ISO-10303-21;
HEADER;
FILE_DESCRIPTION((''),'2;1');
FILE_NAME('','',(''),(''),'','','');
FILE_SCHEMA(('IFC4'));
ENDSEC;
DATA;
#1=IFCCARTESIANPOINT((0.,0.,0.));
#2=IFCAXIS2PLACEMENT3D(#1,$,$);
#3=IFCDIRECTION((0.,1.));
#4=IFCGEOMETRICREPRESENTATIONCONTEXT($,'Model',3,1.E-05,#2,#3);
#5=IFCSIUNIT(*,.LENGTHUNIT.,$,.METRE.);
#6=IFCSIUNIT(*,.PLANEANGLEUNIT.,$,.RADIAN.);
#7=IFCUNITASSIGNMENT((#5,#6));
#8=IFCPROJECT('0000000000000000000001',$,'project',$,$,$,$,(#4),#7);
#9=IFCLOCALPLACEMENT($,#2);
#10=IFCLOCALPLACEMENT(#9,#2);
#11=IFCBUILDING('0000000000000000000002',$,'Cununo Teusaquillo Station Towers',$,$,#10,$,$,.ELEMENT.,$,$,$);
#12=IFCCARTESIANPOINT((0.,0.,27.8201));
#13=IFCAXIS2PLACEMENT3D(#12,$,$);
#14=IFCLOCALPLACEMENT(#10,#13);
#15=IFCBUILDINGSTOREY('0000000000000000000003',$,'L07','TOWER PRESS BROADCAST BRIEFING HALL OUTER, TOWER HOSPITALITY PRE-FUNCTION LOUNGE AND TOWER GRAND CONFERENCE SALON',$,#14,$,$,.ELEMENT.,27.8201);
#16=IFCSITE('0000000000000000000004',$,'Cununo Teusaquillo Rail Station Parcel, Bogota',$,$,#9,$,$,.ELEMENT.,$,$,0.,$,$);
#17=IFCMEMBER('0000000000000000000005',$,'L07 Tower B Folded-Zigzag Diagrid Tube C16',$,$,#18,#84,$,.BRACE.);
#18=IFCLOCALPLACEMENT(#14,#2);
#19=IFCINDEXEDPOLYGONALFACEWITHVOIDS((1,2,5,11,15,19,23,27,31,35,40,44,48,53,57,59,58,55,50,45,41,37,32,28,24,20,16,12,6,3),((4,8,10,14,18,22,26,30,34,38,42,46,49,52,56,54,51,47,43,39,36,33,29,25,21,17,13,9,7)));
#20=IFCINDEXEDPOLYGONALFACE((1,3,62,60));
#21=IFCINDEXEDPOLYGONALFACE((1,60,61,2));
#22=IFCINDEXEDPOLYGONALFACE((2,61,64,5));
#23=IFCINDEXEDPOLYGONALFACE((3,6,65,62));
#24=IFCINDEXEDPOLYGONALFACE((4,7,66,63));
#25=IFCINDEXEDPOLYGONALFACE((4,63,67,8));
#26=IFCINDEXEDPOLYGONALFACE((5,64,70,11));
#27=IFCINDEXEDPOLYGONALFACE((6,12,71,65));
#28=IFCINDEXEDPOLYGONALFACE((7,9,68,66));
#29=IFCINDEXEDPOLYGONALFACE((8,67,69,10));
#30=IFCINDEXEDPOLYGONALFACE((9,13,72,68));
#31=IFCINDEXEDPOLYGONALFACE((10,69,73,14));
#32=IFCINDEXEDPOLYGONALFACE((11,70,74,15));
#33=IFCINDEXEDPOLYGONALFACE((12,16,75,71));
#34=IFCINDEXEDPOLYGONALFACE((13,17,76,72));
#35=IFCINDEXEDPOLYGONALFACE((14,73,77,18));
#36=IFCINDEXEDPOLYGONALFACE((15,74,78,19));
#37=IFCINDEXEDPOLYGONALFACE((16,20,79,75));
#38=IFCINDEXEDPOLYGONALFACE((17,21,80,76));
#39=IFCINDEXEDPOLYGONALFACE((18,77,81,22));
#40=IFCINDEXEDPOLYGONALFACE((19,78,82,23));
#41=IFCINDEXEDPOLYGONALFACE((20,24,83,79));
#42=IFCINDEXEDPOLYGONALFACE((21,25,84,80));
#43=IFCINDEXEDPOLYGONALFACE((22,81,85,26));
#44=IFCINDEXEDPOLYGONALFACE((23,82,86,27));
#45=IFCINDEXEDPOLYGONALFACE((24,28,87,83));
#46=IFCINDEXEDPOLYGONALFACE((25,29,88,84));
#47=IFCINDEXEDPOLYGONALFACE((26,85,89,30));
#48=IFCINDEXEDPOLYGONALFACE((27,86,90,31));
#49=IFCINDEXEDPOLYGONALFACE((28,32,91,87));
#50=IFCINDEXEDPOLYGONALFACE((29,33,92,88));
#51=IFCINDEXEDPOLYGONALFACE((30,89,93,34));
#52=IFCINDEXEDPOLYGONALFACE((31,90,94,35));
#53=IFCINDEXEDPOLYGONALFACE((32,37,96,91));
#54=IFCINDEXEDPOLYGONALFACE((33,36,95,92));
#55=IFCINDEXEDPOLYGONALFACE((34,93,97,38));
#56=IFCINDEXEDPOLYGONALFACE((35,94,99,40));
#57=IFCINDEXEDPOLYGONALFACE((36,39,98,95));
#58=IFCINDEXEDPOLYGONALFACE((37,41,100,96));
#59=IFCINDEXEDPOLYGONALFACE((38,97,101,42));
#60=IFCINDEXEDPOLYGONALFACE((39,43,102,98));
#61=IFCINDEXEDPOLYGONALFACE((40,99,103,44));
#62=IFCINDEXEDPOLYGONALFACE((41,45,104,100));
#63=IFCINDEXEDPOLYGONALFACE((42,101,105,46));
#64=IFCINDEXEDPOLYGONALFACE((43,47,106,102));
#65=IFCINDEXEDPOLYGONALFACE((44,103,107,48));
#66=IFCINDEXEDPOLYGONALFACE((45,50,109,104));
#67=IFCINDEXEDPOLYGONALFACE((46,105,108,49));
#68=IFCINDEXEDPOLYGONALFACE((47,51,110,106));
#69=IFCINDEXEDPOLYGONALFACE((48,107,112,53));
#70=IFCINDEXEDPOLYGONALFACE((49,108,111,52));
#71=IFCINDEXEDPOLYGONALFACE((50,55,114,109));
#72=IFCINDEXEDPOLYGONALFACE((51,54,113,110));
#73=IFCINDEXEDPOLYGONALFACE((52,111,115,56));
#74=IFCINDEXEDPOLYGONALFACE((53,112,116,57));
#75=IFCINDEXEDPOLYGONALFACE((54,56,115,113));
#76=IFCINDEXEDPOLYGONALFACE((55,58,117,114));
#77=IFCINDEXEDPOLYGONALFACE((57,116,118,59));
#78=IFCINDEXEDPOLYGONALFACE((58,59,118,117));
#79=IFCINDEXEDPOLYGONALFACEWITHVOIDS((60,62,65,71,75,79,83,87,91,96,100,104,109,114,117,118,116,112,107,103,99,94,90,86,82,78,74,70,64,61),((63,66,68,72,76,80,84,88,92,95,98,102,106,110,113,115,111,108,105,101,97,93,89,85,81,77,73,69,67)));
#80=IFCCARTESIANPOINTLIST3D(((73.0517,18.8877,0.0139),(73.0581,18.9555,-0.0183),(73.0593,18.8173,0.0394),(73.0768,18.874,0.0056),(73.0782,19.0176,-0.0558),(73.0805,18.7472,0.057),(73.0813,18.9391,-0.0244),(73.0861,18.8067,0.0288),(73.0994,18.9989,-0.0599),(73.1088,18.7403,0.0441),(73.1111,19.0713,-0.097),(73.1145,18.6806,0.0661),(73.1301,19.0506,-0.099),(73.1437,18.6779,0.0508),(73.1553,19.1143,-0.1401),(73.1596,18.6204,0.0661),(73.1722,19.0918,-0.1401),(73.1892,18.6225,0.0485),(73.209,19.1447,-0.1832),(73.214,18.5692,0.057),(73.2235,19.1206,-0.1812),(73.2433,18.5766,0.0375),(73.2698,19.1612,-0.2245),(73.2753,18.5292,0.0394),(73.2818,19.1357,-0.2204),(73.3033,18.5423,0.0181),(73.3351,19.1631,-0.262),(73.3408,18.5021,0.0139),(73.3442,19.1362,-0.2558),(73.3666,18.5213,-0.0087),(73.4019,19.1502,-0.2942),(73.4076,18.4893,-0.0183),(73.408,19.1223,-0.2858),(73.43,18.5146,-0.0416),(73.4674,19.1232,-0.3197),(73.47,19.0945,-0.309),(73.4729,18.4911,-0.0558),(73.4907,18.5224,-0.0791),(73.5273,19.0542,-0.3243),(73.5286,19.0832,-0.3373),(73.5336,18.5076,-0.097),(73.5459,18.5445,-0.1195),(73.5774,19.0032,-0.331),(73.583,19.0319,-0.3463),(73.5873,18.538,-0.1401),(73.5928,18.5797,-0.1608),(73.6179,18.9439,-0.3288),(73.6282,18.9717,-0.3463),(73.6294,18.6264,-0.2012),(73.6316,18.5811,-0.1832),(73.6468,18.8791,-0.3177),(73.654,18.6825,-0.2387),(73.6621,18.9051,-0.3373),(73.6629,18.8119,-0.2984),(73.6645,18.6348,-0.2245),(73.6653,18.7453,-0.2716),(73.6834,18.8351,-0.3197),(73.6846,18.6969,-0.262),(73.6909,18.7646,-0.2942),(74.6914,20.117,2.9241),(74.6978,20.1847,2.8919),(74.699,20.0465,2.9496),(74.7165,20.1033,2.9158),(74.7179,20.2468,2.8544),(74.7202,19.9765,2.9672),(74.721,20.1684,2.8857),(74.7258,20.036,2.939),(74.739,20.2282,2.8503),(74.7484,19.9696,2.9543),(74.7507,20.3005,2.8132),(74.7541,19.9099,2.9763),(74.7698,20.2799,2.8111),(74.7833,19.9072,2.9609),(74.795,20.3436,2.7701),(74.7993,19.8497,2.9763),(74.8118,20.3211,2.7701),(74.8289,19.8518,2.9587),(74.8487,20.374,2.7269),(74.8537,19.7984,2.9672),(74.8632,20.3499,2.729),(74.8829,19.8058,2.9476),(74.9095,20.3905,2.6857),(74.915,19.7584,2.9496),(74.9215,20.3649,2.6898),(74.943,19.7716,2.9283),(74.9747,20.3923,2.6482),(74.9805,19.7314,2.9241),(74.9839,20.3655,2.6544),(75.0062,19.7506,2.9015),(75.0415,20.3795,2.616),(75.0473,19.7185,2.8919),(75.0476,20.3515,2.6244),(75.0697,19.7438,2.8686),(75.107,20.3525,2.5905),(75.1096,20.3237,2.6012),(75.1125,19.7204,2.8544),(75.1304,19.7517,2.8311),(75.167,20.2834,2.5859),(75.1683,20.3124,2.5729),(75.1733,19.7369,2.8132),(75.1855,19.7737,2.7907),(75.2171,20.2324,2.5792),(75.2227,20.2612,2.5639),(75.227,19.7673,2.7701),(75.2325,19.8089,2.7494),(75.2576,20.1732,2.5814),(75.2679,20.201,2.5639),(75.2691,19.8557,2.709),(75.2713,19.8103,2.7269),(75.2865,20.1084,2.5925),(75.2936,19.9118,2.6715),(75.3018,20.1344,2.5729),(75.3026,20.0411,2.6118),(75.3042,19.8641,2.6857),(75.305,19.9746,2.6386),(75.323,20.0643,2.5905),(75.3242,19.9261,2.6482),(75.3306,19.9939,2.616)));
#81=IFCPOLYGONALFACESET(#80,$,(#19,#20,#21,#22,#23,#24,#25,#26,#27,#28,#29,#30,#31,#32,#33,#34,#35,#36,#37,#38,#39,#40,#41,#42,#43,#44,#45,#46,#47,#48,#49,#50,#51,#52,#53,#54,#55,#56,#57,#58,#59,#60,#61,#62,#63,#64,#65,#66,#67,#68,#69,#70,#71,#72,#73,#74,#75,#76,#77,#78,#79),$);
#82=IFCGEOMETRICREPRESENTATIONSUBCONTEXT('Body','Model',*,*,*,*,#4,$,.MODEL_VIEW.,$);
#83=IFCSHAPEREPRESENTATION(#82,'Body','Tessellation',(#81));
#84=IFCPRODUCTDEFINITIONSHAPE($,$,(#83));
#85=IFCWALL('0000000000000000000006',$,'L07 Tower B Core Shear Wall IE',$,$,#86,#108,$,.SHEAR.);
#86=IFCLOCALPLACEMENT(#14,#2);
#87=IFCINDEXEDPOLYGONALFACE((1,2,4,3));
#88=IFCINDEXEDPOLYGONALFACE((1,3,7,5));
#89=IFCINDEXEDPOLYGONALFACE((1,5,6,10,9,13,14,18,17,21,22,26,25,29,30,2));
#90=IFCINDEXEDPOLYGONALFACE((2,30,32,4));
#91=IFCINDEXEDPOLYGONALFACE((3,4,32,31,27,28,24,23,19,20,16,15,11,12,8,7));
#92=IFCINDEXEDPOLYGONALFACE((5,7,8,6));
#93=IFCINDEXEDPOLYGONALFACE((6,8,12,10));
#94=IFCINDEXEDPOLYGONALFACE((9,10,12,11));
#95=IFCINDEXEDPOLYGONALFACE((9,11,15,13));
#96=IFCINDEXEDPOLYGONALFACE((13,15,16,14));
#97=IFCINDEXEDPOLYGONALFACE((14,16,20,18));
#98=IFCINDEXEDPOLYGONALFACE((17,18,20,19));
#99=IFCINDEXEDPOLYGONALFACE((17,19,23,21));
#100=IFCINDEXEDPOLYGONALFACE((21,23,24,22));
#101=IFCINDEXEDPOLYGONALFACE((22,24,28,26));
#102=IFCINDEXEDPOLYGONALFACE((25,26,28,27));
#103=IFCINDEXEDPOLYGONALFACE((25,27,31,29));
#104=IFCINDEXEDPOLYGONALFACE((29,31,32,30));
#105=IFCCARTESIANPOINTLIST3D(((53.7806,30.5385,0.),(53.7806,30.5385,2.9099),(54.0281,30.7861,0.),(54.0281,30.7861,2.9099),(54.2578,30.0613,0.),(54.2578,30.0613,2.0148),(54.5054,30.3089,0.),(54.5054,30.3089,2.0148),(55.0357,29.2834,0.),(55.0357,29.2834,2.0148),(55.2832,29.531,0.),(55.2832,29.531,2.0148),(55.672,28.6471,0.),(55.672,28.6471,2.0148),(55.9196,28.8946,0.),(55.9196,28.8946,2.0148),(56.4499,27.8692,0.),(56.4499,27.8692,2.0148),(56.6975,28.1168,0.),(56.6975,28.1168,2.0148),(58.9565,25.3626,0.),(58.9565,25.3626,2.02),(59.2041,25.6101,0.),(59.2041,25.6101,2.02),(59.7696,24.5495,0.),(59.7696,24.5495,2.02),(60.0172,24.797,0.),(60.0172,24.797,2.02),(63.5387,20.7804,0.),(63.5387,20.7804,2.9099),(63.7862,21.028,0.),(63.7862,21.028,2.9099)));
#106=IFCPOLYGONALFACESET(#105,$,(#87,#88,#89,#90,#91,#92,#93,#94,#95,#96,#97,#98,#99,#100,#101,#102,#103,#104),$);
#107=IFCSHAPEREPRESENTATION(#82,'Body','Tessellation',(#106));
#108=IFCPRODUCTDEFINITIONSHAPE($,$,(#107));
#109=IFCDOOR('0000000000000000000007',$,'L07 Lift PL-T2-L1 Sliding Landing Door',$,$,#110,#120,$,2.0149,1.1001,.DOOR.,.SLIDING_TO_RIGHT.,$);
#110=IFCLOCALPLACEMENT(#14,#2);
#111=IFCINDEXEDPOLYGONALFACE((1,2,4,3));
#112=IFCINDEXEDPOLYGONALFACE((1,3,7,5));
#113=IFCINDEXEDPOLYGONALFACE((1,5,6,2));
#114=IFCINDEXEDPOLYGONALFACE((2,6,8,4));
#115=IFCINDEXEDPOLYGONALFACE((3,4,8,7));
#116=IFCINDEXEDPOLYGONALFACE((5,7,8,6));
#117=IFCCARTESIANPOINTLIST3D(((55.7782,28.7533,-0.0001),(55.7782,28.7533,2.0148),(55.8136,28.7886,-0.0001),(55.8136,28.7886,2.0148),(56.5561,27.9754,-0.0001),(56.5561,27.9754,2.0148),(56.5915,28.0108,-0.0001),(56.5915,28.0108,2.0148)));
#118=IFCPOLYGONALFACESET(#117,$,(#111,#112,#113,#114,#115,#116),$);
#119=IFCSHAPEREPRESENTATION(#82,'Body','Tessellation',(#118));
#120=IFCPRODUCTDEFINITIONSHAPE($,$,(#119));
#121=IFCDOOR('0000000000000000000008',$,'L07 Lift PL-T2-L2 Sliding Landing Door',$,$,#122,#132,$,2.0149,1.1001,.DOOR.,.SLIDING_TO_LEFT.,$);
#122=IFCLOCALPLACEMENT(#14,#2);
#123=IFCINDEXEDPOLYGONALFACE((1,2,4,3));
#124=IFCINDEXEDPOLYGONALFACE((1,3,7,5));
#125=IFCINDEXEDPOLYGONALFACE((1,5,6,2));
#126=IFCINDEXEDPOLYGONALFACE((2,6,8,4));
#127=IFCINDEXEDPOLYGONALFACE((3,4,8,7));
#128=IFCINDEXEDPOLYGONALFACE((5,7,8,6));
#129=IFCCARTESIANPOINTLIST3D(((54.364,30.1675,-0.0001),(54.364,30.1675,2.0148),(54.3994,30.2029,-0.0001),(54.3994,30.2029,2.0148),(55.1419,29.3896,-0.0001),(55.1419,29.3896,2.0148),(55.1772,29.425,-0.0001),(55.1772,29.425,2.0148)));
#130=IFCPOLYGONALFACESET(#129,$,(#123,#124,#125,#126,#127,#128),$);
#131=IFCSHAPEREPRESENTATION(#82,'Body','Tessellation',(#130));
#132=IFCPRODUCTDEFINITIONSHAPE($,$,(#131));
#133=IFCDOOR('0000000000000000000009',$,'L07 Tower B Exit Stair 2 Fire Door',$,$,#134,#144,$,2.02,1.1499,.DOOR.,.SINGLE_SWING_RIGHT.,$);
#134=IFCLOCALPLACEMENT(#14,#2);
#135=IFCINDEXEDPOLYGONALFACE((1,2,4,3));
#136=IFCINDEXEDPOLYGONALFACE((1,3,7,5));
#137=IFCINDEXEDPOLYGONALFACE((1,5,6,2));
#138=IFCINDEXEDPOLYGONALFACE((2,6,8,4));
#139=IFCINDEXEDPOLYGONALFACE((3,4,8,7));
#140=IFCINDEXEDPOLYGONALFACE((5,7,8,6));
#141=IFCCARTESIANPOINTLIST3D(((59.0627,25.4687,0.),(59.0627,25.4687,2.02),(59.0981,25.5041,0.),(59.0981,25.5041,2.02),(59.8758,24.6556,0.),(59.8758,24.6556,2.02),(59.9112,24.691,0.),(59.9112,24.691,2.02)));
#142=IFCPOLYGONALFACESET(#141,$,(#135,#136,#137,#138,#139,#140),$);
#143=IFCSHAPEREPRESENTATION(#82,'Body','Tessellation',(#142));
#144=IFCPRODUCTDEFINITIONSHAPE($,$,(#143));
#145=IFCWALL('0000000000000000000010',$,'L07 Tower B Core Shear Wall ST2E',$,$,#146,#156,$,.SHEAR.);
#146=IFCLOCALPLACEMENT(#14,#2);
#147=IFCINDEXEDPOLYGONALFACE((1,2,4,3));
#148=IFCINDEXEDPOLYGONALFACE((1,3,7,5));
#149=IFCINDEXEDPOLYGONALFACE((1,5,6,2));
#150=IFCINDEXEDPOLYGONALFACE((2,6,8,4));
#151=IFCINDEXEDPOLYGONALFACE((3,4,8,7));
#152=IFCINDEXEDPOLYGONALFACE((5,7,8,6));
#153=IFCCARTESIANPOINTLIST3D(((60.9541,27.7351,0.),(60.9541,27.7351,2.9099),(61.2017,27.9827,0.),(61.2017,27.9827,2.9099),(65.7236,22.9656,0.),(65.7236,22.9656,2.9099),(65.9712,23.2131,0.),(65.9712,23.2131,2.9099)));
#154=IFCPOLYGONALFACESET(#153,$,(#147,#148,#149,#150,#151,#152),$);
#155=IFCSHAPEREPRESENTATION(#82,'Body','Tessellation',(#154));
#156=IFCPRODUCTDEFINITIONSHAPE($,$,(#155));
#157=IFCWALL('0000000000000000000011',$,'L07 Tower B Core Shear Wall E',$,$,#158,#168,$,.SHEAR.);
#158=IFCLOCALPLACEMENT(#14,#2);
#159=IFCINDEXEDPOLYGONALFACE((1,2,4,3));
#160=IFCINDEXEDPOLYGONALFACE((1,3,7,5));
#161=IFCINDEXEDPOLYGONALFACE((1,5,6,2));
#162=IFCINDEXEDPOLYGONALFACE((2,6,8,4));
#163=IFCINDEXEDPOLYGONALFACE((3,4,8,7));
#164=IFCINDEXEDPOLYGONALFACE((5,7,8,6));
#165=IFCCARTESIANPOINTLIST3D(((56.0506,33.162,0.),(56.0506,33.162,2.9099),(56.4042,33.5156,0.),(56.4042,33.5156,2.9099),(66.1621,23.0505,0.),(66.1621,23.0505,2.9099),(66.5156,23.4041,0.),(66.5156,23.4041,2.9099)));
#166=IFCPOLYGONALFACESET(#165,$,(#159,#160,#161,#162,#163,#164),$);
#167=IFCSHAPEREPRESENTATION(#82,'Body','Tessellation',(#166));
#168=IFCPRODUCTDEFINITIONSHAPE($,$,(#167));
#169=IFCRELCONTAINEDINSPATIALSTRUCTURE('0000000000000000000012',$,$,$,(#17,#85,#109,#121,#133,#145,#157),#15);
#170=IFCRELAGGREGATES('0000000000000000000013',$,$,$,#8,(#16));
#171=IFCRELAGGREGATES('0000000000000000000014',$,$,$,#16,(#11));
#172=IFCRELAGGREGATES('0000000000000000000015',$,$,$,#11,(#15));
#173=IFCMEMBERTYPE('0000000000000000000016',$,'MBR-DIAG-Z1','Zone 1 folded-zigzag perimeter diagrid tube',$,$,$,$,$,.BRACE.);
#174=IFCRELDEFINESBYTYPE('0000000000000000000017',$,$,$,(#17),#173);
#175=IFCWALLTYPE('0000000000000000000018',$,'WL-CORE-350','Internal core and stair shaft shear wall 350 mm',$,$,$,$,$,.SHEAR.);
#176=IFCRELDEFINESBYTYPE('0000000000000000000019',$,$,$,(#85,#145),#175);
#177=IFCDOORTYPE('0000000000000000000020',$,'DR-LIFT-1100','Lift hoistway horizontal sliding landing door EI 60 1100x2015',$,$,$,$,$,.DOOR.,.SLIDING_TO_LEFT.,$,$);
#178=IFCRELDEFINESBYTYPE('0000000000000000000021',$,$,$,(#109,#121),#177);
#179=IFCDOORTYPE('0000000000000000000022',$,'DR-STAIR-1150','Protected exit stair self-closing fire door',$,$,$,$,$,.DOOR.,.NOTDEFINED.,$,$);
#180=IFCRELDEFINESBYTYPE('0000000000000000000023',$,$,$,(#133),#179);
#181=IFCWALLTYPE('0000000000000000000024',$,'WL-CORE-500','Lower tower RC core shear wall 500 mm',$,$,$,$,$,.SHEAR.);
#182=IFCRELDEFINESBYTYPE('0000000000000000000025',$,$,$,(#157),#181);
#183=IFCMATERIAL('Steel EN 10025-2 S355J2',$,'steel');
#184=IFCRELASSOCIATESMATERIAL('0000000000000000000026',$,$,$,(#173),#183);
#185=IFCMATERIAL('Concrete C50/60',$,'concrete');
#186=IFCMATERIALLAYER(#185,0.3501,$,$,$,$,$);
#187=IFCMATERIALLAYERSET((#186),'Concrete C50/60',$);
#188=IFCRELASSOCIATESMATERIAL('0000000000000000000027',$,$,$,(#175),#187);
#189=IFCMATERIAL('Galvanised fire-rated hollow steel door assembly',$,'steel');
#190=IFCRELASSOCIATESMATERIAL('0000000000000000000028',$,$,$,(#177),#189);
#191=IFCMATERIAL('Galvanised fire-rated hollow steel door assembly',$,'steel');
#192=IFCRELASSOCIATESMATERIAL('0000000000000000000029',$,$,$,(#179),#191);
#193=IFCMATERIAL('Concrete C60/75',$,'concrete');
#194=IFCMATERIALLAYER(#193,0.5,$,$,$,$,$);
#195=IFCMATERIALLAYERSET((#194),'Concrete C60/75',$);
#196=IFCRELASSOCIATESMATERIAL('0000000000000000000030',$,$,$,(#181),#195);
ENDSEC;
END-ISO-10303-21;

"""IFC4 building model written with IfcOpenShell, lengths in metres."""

from ifc_helpers import new_model, si_unit, direction, frame, frame_2d, origin, origin_2d, place, context, subcontext, project, spatial, rectangle, hollow_circle, extrude, source, transform, mapped, material, layer, layer_set, material_profile, profile_set, type_object, element, fill, save


model = new_model("IFC4")

# Units and contexts
model_context = context("Model", 3, precision=1e-05, world=origin(), true_north=direction((0.0, 1.0)))
body_context = subcontext(model_context, "Body", "Model", "MODEL_VIEW")
ifc_project = project(units=[si_unit("LENGTHUNIT", "METRE"), si_unit("PLANEANGLEUNIT", "RADIAN")], contexts=[model_context])

# Site, building, storey
site_placement = place(None, origin())
site = spatial("IfcSite", under=ifc_project, at=site_placement, Name="Cununo Teusaquillo Rail Station Parcel, Bogota", CompositionType="ELEMENT", RefElevation=0.0)
building_placement = place(site_placement, origin())
building = spatial("IfcBuilding", under=site, at=building_placement, Name="Cununo Teusaquillo Station Towers", CompositionType="ELEMENT")
storey_placement = place(building_placement, frame((0.0, 0.0, 27.8201)))
storey = spatial("IfcBuildingStorey", under=building, at=storey_placement, Name="L07", Description="TOWER PRESS BROADCAST BRIEFING HALL OUTER, TOWER HOSPITALITY PRE-FUNCTION LOUNGE AND TOWER GRAND CONFERENCE SALON", CompositionType="ELEMENT", Elevation=27.8201)

# Member
ifc_material_1 = material(Name="Steel EN 10025-2 S355J2", Category="steel")
ifc_material_profile_1 = material_profile(ifc_material_1, hollow_circle(Radius=0.3601, WallThickness=0.0281, at=origin_2d()), Name="CHS 720x28")
ifc_profile_set_1 = profile_set([ifc_material_profile_1], Name="Steel EN 10025-2 S355J2")
member_type = type_object("IfcMemberType", Name="MBR-DIAG-Z1", Description="Zone 1 folded-zigzag perimeter diagrid tube", PredefinedType="BRACE", material=ifc_profile_set_1)
member_1_placement = place(storey_placement, frame((73.3713, 18.8262, -0.1401), z_axis=(0.460668, 0.345364, 0.817624), x_axis=(-0.599847, 0.800114, 0.0)))
element("IfcMember", 1, at=member_1_placement, inside=storey, type_object=member_type, Name="L07 Tower B Folded-Zigzag Diagrid Tube C16", PredefinedType="BRACE", context=body_context, shape_type="SweptSolid", body=[
    extrude(hollow_circle(Radius=0.3601, WallThickness=0.0281, at=origin_2d()), origin(), (0.0, 0.0, 1.0), 3.5593),
])

# Wall, openings, doors
ifc_material_2 = material(Name="Concrete C50/60", Category="concrete")
ifc_layer_1 = layer(ifc_material_2, 0.3501)
ifc_layer_set_1 = layer_set([ifc_layer_1], Name="Concrete C50/60")
wall_type_1 = type_object("IfcWallType", Name="WL-CORE-350", Description="Internal core and stair shaft shear wall 350 mm", PredefinedType="SHEAR", material=ifc_layer_set_1)
wall_1_placement = place(storey_placement, frame((63.6624, 20.9043, 0.0), z_axis=(0.0, 0.0, 1.0), x_axis=(-0.707107, 0.707107, 0.0)))
wall_1 = element("IfcWall", 2, at=wall_1_placement, inside=storey, type_object=wall_type_1, Name="L07 Tower B Core Shear Wall IE", PredefinedType="SHEAR", context=body_context, shape_type="SweptSolid", body=[
    extrude(rectangle(XDim=13.8, YDim=0.3501, at=frame_2d((6.8999, 0.0))), origin(), (0.0, 0.0, 1.0), 2.9099),
])
shared_shape_1 = source(origin(), body_context, "Body", "SweptSolid", [
    extrude(rectangle(XDim=1.1001, YDim=2.0149, at=frame_2d((0.55, 1.0073))), frame((0.0, 0.1851, 0.0), z_axis=(0.0, -1.0, 0.0), x_axis=(1.0, 0.0, 0.0)), (0.0, 0.0, 1.0), 0.3701),
])
opening_1_placement = place(wall_1_placement, frame((10.0249, 0.0, 0.0)))
opening_1 = element("IfcOpeningElement", 3, at=opening_1_placement, cuts=wall_1, PredefinedType="OPENING", context=body_context, shape_type="MappedRepresentation", body=[
    mapped(shared_shape_1, transform((0.0, 0.0, 0.0), x_axis=(1.0, 0.0, 0.0), y_axis=(0.0, 1.0, 0.0), z_axis=(0.0, 0.0, 1.0), scale=1.0)),
])
opening_2_placement = place(wall_1_placement, frame((12.0249, 0.0, 0.0)))
opening_2 = element("IfcOpeningElement", 4, at=opening_2_placement, cuts=wall_1, PredefinedType="OPENING", context=body_context, shape_type="MappedRepresentation", body=[
    mapped(shared_shape_1, transform((0.0, 0.0, 0.0), x_axis=(1.0, 0.0, 0.0), y_axis=(0.0, 1.0, 0.0), z_axis=(0.0, 0.0, 1.0), scale=1.0)),
])
shared_shape_2 = source(origin(), body_context, "Body", "SweptSolid", [
    extrude(rectangle(XDim=1.1499, YDim=2.02, at=frame_2d((0.575, 1.01))), frame((0.0, 0.1851, 0.0), z_axis=(0.0, -1.0, 0.0), x_axis=(1.0, 0.0, 0.0)), (0.0, 0.0, 1.0), 0.3701),
])
opening_3_placement = place(wall_1_placement, frame((5.3301, 0.0, 0.0)))
opening_3 = element("IfcOpeningElement", 5, at=opening_3_placement, cuts=wall_1, PredefinedType="OPENING", context=body_context, shape_type="MappedRepresentation", body=[
    mapped(shared_shape_2, transform((0.0, 0.0, 0.0), x_axis=(1.0, 0.0, 0.0), y_axis=(0.0, 1.0, 0.0), z_axis=(0.0, 0.0, 1.0), scale=1.0)),
])
ifc_material_3 = material(Name="Galvanised fire-rated hollow steel door assembly", Category="steel")
door_type_1 = type_object("IfcDoorType", Name="DR-LIFT-1100", Description="Lift hoistway horizontal sliding landing door EI 60 1100x2015", OperationType="SLIDING_TO_LEFT", PredefinedType="DOOR", material=ifc_material_3)
shared_shape_3 = source(origin(), body_context, "Body", "SweptSolid", [
    extrude(rectangle(XDim=1.1001, YDim=2.0149, at=frame_2d((0.55, 1.0073))), frame((0.0, 0.0249, 0.0), z_axis=(0.0, -1.0, 0.0), x_axis=(1.0, 0.0, 0.0)), (0.0, 0.0, 1.0), 0.05),
])
door_1_placement = place(opening_1_placement, origin())
door_1 = element("IfcDoor", 6, at=door_1_placement, inside=storey, type_object=door_type_1, Name="L07 Lift PL-T2-L1 Sliding Landing Door", OperationType="SLIDING_TO_RIGHT", OverallHeight=2.0149, OverallWidth=1.1001, PredefinedType="DOOR", context=body_context, shape_type="MappedRepresentation", body=[
    mapped(shared_shape_3, transform((0.0, 0.0, 0.0), x_axis=(1.0, 0.0, 0.0), y_axis=(0.0, 1.0, 0.0), z_axis=(0.0, 0.0, 1.0), scale=1.0)),
])
fill(opening_1, door_1)
door_2_placement = place(opening_2_placement, origin())
door_2 = element("IfcDoor", 7, at=door_2_placement, inside=storey, type_object=door_type_1, Name="L07 Lift PL-T2-L2 Sliding Landing Door", OperationType="SLIDING_TO_LEFT", OverallHeight=2.0149, OverallWidth=1.1001, PredefinedType="DOOR", context=body_context, shape_type="MappedRepresentation", body=[
    mapped(shared_shape_3, transform((0.0, 0.0, 0.0), x_axis=(1.0, 0.0, 0.0), y_axis=(0.0, 1.0, 0.0), z_axis=(0.0, 0.0, 1.0), scale=1.0)),
])
fill(opening_2, door_2)
ifc_material_4 = material(Name="Galvanised fire-rated hollow steel door assembly", Category="steel")
door_type_2 = type_object("IfcDoorType", Name="DR-STAIR-1150", Description="Protected exit stair self-closing fire door", OperationType="NOTDEFINED", PredefinedType="DOOR", material=ifc_material_4)
shared_shape_4 = source(origin(), body_context, "Body", "SweptSolid", [
    extrude(rectangle(XDim=1.1499, YDim=2.02, at=frame_2d((0.575, 1.01))), frame((0.0, 0.0249, 0.0), z_axis=(0.0, -1.0, 0.0), x_axis=(1.0, 0.0, 0.0)), (0.0, 0.0, 1.0), 0.05),
])
door_3_placement = place(opening_3_placement, origin())
door_3 = element("IfcDoor", 8, at=door_3_placement, inside=storey, type_object=door_type_2, Name="L07 Tower B Exit Stair 2 Fire Door", OperationType="SINGLE_SWING_RIGHT", OverallHeight=2.02, OverallWidth=1.1499, PredefinedType="DOOR", context=body_context, shape_type="MappedRepresentation", body=[
    mapped(shared_shape_4, transform((0.0, 0.0, 0.0), x_axis=(1.0, 0.0, 0.0), y_axis=(0.0, 1.0, 0.0), z_axis=(0.0, 0.0, 1.0), scale=1.0)),
])
fill(opening_3, door_3)

# Walls
wall_2_placement = place(storey_placement, frame((65.8474, 23.0894, 0.0), z_axis=(0.0, 0.0, 1.0), x_axis=(-0.707107, 0.707107, 0.0)))
element("IfcWall", 9, at=wall_2_placement, inside=storey, type_object=wall_type_1, Name="L07 Tower B Core Shear Wall ST2E", PredefinedType="SHEAR", context=body_context, shape_type="SweptSolid", body=[
    extrude(rectangle(XDim=6.7451, YDim=0.3501, at=frame_2d((3.3726, 0.0))), origin(), (0.0, 0.0, 1.0), 2.9099),
])
ifc_material_5 = material(Name="Concrete C60/75", Category="concrete")
ifc_layer_2 = layer(ifc_material_5, 0.5)
ifc_layer_set_2 = layer_set([ifc_layer_2], Name="Concrete C60/75")
wall_type_2 = type_object("IfcWallType", Name="WL-CORE-500", Description="Lower tower RC core shear wall 500 mm", PredefinedType="SHEAR", material=ifc_layer_set_2)
wall_3_placement = place(storey_placement, frame((66.3389, 23.2273, 0.0), z_axis=(0.0, 0.0, 1.0), x_axis=(-0.707107, 0.707107, 0.0)))
element("IfcWall", 10, at=wall_3_placement, inside=storey, type_object=wall_type_2, Name="L07 Tower B Core Shear Wall E", PredefinedType="SHEAR", context=body_context, shape_type="SweptSolid", body=[
    extrude(rectangle(XDim=14.2998, YDim=0.5, at=frame_2d((7.1499, 0.0))), origin(), (0.0, 0.0, 1.0), 2.9099),
])

save(model, "model.ifc")
